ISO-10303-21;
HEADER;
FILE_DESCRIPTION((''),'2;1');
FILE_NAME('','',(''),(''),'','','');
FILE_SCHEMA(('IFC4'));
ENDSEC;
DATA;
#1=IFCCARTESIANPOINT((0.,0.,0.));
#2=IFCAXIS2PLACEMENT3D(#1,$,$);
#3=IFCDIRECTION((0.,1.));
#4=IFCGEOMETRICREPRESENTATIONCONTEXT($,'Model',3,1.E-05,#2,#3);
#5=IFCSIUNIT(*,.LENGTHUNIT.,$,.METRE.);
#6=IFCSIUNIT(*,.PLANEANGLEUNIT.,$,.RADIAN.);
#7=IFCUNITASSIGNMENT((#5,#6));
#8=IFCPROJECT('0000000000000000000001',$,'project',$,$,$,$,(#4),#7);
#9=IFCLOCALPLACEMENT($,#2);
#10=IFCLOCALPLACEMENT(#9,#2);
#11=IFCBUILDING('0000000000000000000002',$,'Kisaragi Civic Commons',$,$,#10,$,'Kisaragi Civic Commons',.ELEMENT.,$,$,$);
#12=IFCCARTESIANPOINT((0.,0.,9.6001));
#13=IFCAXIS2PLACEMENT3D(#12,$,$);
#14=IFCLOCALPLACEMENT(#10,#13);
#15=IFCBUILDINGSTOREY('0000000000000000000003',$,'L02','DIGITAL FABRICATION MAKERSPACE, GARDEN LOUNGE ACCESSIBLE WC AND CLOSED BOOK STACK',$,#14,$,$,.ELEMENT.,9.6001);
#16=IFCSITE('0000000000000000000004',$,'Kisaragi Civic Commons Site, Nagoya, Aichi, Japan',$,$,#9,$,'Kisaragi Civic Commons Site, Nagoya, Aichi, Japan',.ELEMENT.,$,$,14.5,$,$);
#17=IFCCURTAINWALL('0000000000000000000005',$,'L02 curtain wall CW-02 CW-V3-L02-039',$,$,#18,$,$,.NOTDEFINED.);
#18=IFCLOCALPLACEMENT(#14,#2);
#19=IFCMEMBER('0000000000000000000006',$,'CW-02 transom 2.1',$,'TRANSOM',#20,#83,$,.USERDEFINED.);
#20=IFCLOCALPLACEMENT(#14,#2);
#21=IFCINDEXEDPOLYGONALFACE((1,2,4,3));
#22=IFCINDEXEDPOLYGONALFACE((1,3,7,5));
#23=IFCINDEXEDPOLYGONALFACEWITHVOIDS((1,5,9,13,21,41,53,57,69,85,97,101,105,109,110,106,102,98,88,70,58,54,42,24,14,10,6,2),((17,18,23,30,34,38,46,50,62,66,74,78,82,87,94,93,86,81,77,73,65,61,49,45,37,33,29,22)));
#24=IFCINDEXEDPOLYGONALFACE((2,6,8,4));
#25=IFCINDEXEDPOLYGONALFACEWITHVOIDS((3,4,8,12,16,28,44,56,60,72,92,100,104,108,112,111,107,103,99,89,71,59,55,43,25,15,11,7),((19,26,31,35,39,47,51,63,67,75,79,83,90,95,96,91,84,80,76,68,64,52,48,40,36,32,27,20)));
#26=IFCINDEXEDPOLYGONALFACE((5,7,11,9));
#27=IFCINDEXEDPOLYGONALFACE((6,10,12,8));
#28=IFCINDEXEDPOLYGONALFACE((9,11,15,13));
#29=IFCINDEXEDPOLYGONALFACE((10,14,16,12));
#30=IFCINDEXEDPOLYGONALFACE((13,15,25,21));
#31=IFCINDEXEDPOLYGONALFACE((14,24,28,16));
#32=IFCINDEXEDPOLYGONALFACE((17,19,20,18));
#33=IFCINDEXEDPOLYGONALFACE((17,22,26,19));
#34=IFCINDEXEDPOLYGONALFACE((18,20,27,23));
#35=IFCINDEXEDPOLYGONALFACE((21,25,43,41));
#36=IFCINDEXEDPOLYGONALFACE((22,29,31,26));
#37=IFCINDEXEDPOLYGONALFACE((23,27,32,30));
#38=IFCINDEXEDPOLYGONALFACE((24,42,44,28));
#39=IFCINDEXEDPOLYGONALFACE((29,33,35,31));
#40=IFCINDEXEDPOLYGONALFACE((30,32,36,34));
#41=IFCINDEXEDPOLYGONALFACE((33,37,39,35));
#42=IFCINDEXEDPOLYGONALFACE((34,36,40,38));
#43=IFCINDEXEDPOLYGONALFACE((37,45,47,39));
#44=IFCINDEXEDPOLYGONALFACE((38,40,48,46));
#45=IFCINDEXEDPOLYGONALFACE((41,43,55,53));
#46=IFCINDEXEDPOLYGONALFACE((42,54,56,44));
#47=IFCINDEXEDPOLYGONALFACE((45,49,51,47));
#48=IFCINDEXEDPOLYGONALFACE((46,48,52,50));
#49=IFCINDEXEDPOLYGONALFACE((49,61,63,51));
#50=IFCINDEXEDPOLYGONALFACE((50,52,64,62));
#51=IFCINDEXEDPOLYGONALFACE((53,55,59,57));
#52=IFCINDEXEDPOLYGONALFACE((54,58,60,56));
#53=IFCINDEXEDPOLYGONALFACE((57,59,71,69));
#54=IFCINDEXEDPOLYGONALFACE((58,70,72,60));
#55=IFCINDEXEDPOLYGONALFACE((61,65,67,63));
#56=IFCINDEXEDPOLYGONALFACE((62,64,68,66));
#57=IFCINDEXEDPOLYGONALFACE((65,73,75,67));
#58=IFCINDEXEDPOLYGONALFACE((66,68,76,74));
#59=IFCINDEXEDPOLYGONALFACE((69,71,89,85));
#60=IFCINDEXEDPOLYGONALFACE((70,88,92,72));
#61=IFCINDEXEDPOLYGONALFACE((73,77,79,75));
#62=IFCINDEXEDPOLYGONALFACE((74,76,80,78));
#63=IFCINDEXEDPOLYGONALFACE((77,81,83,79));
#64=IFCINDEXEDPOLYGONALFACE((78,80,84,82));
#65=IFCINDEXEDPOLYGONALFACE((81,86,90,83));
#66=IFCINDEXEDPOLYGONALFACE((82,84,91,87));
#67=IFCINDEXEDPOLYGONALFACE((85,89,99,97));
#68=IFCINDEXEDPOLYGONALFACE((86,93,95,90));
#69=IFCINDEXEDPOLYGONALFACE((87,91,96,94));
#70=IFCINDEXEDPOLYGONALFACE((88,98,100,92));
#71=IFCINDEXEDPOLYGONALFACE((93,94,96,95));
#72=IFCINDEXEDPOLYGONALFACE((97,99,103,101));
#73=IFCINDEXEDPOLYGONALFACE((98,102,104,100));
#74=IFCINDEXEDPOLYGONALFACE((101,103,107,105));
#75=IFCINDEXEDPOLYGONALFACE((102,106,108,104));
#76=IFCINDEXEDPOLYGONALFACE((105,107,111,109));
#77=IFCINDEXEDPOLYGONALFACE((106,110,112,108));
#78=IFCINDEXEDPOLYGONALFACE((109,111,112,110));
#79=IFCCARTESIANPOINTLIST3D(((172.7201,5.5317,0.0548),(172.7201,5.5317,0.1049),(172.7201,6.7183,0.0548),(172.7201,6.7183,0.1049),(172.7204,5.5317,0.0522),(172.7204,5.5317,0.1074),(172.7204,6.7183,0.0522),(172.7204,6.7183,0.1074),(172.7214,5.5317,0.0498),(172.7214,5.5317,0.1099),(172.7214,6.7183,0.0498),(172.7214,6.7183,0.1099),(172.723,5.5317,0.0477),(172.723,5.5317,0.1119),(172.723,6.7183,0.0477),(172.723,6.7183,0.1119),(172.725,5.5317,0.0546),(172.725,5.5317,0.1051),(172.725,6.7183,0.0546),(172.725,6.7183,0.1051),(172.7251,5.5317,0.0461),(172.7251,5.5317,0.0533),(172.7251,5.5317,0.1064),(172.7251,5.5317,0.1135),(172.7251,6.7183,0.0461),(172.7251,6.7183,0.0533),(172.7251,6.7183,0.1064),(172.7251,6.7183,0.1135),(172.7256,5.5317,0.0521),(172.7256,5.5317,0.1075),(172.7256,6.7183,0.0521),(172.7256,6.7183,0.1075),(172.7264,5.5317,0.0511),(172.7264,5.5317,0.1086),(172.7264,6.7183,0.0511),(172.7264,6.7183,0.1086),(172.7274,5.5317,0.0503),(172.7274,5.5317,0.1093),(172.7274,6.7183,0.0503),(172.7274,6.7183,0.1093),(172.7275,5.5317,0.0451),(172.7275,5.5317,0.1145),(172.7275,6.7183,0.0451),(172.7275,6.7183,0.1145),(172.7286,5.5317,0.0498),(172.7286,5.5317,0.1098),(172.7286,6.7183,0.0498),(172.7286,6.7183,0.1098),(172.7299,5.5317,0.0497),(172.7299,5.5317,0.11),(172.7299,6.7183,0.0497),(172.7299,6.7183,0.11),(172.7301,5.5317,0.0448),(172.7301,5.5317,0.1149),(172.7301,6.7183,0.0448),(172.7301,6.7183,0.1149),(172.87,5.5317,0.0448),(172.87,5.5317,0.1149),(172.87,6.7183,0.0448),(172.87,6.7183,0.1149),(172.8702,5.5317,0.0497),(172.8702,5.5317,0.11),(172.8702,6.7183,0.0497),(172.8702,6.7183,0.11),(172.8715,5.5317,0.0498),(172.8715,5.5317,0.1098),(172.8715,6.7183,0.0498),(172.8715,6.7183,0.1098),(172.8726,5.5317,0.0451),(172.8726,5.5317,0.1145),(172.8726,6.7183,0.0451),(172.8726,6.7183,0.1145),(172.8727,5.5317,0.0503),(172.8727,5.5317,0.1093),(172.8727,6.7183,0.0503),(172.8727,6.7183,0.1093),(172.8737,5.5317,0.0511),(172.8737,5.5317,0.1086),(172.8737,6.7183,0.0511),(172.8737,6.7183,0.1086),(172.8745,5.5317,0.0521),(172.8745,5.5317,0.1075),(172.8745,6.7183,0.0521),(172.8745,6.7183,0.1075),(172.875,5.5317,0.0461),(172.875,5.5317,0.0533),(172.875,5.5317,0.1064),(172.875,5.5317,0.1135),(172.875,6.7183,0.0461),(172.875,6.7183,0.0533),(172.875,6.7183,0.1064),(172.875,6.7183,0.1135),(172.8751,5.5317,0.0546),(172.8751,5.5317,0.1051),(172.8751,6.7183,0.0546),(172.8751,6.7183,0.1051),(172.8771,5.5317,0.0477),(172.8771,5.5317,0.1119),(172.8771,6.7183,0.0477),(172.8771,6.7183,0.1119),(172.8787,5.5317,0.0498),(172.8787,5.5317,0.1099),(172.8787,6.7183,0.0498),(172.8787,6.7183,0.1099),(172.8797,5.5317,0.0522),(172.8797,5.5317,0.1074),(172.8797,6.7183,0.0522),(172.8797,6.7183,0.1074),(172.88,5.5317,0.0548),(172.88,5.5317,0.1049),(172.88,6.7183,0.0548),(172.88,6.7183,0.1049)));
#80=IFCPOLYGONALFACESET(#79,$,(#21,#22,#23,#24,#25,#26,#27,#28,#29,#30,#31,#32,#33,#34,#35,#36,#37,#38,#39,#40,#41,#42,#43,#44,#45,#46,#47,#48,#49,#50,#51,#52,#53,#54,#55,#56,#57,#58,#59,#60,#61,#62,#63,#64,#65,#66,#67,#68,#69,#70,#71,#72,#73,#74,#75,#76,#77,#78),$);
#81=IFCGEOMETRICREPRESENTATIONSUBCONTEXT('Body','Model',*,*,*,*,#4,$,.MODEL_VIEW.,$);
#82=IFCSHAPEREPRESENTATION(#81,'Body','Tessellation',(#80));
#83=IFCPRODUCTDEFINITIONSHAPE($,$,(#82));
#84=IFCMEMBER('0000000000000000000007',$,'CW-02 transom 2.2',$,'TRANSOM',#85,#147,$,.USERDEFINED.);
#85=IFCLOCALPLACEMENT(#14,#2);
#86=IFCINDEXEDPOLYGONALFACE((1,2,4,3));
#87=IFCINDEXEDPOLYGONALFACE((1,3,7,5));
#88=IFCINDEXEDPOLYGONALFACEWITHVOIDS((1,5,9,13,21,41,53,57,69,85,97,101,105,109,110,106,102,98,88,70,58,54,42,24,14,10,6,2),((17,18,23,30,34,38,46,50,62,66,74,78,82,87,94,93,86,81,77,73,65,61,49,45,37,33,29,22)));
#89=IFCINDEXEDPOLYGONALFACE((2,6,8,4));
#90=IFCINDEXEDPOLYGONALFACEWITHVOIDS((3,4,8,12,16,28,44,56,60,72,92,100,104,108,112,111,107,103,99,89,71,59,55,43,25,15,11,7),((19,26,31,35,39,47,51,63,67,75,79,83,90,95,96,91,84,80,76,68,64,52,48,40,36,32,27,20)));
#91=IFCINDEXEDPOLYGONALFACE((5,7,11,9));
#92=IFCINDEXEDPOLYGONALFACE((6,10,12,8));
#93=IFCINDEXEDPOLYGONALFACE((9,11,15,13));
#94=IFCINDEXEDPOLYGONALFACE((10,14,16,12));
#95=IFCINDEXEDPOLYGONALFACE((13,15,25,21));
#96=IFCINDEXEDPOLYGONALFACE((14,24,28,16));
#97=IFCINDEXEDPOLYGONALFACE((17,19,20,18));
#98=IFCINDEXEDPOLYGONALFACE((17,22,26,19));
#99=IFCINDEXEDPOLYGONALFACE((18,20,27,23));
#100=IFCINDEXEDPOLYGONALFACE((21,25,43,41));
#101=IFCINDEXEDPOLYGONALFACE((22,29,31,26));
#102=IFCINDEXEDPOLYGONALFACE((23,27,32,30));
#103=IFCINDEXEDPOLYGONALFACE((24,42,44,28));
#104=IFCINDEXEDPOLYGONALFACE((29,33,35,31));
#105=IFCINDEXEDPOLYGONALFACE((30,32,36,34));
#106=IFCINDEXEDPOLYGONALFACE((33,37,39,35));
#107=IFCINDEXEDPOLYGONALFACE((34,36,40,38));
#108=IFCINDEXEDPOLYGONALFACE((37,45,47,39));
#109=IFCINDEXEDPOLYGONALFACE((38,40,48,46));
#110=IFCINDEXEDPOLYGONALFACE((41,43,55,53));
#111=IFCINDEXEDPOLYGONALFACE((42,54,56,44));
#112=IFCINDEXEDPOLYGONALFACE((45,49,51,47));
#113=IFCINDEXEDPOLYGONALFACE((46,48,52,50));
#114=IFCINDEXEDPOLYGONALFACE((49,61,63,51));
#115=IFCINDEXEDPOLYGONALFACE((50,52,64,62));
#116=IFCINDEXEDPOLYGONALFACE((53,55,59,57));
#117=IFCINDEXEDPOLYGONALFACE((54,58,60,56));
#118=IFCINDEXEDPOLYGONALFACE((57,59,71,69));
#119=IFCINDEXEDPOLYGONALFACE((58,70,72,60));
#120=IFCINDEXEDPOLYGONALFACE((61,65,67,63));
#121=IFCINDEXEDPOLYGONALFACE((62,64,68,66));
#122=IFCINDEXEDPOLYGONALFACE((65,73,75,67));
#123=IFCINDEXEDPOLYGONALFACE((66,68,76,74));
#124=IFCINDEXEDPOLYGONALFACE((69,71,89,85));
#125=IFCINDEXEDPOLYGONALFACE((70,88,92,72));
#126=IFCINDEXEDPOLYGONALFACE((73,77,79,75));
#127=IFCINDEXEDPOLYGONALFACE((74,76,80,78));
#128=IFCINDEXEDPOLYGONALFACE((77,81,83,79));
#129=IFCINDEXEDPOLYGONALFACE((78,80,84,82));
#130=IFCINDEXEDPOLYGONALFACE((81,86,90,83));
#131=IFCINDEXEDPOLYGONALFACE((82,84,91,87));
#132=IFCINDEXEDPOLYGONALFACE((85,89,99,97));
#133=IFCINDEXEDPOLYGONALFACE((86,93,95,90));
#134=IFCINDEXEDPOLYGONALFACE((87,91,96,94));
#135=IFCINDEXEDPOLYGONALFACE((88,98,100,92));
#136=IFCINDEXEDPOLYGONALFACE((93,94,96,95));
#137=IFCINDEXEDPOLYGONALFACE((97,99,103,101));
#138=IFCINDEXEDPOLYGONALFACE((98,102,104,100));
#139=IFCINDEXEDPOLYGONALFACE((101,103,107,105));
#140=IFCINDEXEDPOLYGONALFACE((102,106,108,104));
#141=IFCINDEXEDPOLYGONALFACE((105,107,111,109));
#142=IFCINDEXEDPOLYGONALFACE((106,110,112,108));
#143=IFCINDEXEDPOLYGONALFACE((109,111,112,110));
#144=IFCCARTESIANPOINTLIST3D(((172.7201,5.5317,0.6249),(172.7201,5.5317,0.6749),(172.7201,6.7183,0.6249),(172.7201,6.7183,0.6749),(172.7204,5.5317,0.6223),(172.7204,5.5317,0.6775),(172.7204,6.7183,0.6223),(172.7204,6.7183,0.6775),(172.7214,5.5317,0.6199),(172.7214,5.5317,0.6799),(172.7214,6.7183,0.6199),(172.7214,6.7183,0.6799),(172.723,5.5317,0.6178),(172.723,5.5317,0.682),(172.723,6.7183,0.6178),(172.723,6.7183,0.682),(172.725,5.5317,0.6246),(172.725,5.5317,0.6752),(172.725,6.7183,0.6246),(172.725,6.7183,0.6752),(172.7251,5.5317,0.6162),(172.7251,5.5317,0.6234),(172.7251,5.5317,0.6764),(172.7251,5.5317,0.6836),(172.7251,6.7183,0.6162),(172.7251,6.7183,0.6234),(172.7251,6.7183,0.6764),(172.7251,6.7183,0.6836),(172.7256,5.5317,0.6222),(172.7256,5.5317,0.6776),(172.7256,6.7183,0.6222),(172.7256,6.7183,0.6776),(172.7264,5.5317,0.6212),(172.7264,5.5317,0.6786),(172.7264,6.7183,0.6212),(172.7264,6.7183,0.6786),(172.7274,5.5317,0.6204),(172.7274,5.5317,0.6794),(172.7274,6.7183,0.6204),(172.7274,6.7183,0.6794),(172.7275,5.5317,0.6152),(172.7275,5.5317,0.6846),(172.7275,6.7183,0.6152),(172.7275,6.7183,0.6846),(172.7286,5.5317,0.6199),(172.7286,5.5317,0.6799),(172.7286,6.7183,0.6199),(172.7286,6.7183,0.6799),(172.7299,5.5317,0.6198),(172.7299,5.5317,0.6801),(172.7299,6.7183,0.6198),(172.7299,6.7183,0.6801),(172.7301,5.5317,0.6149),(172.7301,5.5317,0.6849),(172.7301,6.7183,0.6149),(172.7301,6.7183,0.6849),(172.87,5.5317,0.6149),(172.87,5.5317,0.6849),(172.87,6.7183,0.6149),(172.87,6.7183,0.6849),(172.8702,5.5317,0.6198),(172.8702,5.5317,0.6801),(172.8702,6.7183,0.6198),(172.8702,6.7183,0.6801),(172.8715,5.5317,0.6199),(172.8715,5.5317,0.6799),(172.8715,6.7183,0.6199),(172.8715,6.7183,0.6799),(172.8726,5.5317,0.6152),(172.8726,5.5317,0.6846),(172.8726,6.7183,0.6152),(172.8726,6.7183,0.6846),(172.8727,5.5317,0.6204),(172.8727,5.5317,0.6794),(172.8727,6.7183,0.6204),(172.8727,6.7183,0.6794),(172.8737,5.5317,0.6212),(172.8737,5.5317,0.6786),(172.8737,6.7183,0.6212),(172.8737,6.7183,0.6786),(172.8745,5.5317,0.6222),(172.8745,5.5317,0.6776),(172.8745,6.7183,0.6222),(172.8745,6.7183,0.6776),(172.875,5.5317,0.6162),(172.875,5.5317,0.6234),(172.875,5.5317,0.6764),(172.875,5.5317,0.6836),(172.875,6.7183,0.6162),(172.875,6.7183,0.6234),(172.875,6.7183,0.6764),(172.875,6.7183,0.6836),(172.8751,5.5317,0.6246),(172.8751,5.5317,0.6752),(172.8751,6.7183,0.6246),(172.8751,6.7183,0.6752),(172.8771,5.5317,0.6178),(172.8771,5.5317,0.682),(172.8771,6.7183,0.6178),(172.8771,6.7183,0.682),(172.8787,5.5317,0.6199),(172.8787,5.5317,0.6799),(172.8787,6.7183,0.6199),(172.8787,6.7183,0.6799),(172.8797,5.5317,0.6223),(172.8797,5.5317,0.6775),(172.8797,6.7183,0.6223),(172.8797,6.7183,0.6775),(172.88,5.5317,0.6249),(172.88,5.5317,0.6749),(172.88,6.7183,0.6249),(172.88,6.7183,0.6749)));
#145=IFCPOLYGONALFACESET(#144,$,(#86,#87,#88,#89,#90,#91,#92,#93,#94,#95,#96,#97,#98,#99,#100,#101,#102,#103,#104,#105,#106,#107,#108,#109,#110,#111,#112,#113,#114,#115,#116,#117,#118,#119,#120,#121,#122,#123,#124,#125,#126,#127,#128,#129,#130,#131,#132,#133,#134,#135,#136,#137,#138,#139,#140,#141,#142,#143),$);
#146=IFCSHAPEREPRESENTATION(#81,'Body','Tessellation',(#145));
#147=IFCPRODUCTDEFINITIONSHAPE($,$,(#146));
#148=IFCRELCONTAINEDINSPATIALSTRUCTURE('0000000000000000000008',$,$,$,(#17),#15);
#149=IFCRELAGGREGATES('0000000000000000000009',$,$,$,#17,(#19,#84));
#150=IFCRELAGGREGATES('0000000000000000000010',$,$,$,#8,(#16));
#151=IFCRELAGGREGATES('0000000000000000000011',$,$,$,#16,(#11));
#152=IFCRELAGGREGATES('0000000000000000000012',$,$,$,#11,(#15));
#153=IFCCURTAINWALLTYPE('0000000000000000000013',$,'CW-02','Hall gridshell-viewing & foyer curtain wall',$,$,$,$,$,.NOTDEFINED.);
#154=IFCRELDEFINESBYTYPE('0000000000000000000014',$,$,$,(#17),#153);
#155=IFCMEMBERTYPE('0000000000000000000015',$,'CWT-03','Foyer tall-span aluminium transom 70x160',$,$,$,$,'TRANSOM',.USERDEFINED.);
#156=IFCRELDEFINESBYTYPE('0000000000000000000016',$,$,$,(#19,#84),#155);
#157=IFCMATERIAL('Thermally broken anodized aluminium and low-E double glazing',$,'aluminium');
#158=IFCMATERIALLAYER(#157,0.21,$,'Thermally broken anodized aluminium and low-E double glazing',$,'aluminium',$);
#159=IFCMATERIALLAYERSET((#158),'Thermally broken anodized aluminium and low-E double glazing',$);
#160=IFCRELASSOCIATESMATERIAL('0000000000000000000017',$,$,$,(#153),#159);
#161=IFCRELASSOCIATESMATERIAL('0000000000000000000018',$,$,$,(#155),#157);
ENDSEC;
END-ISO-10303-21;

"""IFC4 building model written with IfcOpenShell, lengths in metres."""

from ifc_helpers import new_model, si_unit, direction, frame, origin, origin_2d, place, context, subcontext, project, spatial, hollow_rectangle, extrude, material, layer, layer_set, material_profile, profile_set, type_object, element, aggregate, save


model = new_model("IFC4")

# Units and contexts
model_context = context("Model", 3, precision=1e-05, world=origin(), true_north=direction((0.0, 1.0)))
body_context = subcontext(model_context, "Body", "Model", "MODEL_VIEW")
ifc_project = project(units=[si_unit("LENGTHUNIT", "METRE"), si_unit("PLANEANGLEUNIT", "RADIAN")], contexts=[model_context])

# Site, building, storey
site_placement = place(None, origin())
site = spatial("IfcSite", under=ifc_project, at=site_placement, Name="Kisaragi Civic Commons Site, Nagoya, Aichi, Japan", LongName="Kisaragi Civic Commons Site, Nagoya, Aichi, Japan", CompositionType="ELEMENT", RefElevation=14.5)
building_placement = place(site_placement, origin())
building = spatial("IfcBuilding", under=site, at=building_placement, Name="Kisaragi Civic Commons", LongName="Kisaragi Civic Commons", CompositionType="ELEMENT")
storey_placement = place(building_placement, frame((0.0, 0.0, 9.6001)))
storey = spatial("IfcBuildingStorey", under=building, at=storey_placement, Name="L02", Description="DIGITAL FABRICATION MAKERSPACE, GARDEN LOUNGE ACCESSIBLE WC AND CLOSED BOOK STACK", CompositionType="ELEMENT", Elevation=9.6001)

# Curtain wall
ifc_material_1 = material(Name="Thermally broken anodized aluminium and low-E double glazing", Category="aluminium")
ifc_layer_1 = layer(ifc_material_1, 0.21, Name="Thermally broken anodized aluminium and low-E double glazing", Category="aluminium")
ifc_layer_set_1 = layer_set([ifc_layer_1], Name="Thermally broken anodized aluminium and low-E double glazing")
curtain_wall_type = type_object("IfcCurtainWallType", Name="CW-02", Description="Hall gridshell-viewing & foyer curtain wall", PredefinedType="NOTDEFINED", material=ifc_layer_set_1)
curtain_wall_1_placement = place(storey_placement, origin())
curtain_wall_1 = element("IfcCurtainWall", 1, at=curtain_wall_1_placement, inside=storey, type_object=curtain_wall_type, Name="L02 curtain wall CW-02 CW-V3-L02-039", PredefinedType="NOTDEFINED")

# Members
ifc_material_profile_1 = material_profile(ifc_material_1, hollow_rectangle(XDim=0.1599, YDim=0.0701, WallThickness=0.0049, InnerFilletRadius=0.0049, OuterFilletRadius=0.01, at=origin_2d()), Name="CWT-70x160x5", Category="aluminium")
ifc_profile_set_1 = profile_set([ifc_material_profile_1], Name="Thermally broken anodized aluminium and low-E double glazing")
member_type_1 = type_object("IfcMemberType", Name="CWT-03", Description="Foyer tall-span aluminium transom 70x160", ElementType="TRANSOM", PredefinedType="USERDEFINED", material=ifc_profile_set_1)
member_1_placement = place(storey_placement, frame((172.8, 6.7183, 0.0798), z_axis=(0.0, -1.0, 0.0), x_axis=(1.0, 0.0, 0.0)))
member_1 = element("IfcMember", 2, at=member_1_placement, type_object=member_type_1, Name="CW-02 transom 2.1", ObjectType="TRANSOM", PredefinedType="USERDEFINED", context=body_context, shape_type="SweptSolid", body=[
    extrude(hollow_rectangle(XDim=0.1599, YDim=0.0701, WallThickness=0.0049, InnerFilletRadius=0.0049, OuterFilletRadius=0.01, at=origin_2d()), origin(), (0.0, 0.0, 1.0), 1.1865),
])
member_2_placement = place(storey_placement, frame((172.8, 6.7183, 0.6499), z_axis=(0.0, -1.0, 0.0), x_axis=(1.0, 0.0, 0.0)))
member_2 = element("IfcMember", 3, at=member_2_placement, type_object=member_type_1, Name="CW-02 transom 2.2", ObjectType="TRANSOM", PredefinedType="USERDEFINED", context=body_context, shape_type="SweptSolid", body=[
    extrude(hollow_rectangle(XDim=0.1599, YDim=0.0701, WallThickness=0.0049, InnerFilletRadius=0.0049, OuterFilletRadius=0.01, at=origin_2d()), origin(), (0.0, 0.0, 1.0), 1.1865),
])

aggregate(curtain_wall_1, [member_1, member_2])

save(model, "model.ifc")
